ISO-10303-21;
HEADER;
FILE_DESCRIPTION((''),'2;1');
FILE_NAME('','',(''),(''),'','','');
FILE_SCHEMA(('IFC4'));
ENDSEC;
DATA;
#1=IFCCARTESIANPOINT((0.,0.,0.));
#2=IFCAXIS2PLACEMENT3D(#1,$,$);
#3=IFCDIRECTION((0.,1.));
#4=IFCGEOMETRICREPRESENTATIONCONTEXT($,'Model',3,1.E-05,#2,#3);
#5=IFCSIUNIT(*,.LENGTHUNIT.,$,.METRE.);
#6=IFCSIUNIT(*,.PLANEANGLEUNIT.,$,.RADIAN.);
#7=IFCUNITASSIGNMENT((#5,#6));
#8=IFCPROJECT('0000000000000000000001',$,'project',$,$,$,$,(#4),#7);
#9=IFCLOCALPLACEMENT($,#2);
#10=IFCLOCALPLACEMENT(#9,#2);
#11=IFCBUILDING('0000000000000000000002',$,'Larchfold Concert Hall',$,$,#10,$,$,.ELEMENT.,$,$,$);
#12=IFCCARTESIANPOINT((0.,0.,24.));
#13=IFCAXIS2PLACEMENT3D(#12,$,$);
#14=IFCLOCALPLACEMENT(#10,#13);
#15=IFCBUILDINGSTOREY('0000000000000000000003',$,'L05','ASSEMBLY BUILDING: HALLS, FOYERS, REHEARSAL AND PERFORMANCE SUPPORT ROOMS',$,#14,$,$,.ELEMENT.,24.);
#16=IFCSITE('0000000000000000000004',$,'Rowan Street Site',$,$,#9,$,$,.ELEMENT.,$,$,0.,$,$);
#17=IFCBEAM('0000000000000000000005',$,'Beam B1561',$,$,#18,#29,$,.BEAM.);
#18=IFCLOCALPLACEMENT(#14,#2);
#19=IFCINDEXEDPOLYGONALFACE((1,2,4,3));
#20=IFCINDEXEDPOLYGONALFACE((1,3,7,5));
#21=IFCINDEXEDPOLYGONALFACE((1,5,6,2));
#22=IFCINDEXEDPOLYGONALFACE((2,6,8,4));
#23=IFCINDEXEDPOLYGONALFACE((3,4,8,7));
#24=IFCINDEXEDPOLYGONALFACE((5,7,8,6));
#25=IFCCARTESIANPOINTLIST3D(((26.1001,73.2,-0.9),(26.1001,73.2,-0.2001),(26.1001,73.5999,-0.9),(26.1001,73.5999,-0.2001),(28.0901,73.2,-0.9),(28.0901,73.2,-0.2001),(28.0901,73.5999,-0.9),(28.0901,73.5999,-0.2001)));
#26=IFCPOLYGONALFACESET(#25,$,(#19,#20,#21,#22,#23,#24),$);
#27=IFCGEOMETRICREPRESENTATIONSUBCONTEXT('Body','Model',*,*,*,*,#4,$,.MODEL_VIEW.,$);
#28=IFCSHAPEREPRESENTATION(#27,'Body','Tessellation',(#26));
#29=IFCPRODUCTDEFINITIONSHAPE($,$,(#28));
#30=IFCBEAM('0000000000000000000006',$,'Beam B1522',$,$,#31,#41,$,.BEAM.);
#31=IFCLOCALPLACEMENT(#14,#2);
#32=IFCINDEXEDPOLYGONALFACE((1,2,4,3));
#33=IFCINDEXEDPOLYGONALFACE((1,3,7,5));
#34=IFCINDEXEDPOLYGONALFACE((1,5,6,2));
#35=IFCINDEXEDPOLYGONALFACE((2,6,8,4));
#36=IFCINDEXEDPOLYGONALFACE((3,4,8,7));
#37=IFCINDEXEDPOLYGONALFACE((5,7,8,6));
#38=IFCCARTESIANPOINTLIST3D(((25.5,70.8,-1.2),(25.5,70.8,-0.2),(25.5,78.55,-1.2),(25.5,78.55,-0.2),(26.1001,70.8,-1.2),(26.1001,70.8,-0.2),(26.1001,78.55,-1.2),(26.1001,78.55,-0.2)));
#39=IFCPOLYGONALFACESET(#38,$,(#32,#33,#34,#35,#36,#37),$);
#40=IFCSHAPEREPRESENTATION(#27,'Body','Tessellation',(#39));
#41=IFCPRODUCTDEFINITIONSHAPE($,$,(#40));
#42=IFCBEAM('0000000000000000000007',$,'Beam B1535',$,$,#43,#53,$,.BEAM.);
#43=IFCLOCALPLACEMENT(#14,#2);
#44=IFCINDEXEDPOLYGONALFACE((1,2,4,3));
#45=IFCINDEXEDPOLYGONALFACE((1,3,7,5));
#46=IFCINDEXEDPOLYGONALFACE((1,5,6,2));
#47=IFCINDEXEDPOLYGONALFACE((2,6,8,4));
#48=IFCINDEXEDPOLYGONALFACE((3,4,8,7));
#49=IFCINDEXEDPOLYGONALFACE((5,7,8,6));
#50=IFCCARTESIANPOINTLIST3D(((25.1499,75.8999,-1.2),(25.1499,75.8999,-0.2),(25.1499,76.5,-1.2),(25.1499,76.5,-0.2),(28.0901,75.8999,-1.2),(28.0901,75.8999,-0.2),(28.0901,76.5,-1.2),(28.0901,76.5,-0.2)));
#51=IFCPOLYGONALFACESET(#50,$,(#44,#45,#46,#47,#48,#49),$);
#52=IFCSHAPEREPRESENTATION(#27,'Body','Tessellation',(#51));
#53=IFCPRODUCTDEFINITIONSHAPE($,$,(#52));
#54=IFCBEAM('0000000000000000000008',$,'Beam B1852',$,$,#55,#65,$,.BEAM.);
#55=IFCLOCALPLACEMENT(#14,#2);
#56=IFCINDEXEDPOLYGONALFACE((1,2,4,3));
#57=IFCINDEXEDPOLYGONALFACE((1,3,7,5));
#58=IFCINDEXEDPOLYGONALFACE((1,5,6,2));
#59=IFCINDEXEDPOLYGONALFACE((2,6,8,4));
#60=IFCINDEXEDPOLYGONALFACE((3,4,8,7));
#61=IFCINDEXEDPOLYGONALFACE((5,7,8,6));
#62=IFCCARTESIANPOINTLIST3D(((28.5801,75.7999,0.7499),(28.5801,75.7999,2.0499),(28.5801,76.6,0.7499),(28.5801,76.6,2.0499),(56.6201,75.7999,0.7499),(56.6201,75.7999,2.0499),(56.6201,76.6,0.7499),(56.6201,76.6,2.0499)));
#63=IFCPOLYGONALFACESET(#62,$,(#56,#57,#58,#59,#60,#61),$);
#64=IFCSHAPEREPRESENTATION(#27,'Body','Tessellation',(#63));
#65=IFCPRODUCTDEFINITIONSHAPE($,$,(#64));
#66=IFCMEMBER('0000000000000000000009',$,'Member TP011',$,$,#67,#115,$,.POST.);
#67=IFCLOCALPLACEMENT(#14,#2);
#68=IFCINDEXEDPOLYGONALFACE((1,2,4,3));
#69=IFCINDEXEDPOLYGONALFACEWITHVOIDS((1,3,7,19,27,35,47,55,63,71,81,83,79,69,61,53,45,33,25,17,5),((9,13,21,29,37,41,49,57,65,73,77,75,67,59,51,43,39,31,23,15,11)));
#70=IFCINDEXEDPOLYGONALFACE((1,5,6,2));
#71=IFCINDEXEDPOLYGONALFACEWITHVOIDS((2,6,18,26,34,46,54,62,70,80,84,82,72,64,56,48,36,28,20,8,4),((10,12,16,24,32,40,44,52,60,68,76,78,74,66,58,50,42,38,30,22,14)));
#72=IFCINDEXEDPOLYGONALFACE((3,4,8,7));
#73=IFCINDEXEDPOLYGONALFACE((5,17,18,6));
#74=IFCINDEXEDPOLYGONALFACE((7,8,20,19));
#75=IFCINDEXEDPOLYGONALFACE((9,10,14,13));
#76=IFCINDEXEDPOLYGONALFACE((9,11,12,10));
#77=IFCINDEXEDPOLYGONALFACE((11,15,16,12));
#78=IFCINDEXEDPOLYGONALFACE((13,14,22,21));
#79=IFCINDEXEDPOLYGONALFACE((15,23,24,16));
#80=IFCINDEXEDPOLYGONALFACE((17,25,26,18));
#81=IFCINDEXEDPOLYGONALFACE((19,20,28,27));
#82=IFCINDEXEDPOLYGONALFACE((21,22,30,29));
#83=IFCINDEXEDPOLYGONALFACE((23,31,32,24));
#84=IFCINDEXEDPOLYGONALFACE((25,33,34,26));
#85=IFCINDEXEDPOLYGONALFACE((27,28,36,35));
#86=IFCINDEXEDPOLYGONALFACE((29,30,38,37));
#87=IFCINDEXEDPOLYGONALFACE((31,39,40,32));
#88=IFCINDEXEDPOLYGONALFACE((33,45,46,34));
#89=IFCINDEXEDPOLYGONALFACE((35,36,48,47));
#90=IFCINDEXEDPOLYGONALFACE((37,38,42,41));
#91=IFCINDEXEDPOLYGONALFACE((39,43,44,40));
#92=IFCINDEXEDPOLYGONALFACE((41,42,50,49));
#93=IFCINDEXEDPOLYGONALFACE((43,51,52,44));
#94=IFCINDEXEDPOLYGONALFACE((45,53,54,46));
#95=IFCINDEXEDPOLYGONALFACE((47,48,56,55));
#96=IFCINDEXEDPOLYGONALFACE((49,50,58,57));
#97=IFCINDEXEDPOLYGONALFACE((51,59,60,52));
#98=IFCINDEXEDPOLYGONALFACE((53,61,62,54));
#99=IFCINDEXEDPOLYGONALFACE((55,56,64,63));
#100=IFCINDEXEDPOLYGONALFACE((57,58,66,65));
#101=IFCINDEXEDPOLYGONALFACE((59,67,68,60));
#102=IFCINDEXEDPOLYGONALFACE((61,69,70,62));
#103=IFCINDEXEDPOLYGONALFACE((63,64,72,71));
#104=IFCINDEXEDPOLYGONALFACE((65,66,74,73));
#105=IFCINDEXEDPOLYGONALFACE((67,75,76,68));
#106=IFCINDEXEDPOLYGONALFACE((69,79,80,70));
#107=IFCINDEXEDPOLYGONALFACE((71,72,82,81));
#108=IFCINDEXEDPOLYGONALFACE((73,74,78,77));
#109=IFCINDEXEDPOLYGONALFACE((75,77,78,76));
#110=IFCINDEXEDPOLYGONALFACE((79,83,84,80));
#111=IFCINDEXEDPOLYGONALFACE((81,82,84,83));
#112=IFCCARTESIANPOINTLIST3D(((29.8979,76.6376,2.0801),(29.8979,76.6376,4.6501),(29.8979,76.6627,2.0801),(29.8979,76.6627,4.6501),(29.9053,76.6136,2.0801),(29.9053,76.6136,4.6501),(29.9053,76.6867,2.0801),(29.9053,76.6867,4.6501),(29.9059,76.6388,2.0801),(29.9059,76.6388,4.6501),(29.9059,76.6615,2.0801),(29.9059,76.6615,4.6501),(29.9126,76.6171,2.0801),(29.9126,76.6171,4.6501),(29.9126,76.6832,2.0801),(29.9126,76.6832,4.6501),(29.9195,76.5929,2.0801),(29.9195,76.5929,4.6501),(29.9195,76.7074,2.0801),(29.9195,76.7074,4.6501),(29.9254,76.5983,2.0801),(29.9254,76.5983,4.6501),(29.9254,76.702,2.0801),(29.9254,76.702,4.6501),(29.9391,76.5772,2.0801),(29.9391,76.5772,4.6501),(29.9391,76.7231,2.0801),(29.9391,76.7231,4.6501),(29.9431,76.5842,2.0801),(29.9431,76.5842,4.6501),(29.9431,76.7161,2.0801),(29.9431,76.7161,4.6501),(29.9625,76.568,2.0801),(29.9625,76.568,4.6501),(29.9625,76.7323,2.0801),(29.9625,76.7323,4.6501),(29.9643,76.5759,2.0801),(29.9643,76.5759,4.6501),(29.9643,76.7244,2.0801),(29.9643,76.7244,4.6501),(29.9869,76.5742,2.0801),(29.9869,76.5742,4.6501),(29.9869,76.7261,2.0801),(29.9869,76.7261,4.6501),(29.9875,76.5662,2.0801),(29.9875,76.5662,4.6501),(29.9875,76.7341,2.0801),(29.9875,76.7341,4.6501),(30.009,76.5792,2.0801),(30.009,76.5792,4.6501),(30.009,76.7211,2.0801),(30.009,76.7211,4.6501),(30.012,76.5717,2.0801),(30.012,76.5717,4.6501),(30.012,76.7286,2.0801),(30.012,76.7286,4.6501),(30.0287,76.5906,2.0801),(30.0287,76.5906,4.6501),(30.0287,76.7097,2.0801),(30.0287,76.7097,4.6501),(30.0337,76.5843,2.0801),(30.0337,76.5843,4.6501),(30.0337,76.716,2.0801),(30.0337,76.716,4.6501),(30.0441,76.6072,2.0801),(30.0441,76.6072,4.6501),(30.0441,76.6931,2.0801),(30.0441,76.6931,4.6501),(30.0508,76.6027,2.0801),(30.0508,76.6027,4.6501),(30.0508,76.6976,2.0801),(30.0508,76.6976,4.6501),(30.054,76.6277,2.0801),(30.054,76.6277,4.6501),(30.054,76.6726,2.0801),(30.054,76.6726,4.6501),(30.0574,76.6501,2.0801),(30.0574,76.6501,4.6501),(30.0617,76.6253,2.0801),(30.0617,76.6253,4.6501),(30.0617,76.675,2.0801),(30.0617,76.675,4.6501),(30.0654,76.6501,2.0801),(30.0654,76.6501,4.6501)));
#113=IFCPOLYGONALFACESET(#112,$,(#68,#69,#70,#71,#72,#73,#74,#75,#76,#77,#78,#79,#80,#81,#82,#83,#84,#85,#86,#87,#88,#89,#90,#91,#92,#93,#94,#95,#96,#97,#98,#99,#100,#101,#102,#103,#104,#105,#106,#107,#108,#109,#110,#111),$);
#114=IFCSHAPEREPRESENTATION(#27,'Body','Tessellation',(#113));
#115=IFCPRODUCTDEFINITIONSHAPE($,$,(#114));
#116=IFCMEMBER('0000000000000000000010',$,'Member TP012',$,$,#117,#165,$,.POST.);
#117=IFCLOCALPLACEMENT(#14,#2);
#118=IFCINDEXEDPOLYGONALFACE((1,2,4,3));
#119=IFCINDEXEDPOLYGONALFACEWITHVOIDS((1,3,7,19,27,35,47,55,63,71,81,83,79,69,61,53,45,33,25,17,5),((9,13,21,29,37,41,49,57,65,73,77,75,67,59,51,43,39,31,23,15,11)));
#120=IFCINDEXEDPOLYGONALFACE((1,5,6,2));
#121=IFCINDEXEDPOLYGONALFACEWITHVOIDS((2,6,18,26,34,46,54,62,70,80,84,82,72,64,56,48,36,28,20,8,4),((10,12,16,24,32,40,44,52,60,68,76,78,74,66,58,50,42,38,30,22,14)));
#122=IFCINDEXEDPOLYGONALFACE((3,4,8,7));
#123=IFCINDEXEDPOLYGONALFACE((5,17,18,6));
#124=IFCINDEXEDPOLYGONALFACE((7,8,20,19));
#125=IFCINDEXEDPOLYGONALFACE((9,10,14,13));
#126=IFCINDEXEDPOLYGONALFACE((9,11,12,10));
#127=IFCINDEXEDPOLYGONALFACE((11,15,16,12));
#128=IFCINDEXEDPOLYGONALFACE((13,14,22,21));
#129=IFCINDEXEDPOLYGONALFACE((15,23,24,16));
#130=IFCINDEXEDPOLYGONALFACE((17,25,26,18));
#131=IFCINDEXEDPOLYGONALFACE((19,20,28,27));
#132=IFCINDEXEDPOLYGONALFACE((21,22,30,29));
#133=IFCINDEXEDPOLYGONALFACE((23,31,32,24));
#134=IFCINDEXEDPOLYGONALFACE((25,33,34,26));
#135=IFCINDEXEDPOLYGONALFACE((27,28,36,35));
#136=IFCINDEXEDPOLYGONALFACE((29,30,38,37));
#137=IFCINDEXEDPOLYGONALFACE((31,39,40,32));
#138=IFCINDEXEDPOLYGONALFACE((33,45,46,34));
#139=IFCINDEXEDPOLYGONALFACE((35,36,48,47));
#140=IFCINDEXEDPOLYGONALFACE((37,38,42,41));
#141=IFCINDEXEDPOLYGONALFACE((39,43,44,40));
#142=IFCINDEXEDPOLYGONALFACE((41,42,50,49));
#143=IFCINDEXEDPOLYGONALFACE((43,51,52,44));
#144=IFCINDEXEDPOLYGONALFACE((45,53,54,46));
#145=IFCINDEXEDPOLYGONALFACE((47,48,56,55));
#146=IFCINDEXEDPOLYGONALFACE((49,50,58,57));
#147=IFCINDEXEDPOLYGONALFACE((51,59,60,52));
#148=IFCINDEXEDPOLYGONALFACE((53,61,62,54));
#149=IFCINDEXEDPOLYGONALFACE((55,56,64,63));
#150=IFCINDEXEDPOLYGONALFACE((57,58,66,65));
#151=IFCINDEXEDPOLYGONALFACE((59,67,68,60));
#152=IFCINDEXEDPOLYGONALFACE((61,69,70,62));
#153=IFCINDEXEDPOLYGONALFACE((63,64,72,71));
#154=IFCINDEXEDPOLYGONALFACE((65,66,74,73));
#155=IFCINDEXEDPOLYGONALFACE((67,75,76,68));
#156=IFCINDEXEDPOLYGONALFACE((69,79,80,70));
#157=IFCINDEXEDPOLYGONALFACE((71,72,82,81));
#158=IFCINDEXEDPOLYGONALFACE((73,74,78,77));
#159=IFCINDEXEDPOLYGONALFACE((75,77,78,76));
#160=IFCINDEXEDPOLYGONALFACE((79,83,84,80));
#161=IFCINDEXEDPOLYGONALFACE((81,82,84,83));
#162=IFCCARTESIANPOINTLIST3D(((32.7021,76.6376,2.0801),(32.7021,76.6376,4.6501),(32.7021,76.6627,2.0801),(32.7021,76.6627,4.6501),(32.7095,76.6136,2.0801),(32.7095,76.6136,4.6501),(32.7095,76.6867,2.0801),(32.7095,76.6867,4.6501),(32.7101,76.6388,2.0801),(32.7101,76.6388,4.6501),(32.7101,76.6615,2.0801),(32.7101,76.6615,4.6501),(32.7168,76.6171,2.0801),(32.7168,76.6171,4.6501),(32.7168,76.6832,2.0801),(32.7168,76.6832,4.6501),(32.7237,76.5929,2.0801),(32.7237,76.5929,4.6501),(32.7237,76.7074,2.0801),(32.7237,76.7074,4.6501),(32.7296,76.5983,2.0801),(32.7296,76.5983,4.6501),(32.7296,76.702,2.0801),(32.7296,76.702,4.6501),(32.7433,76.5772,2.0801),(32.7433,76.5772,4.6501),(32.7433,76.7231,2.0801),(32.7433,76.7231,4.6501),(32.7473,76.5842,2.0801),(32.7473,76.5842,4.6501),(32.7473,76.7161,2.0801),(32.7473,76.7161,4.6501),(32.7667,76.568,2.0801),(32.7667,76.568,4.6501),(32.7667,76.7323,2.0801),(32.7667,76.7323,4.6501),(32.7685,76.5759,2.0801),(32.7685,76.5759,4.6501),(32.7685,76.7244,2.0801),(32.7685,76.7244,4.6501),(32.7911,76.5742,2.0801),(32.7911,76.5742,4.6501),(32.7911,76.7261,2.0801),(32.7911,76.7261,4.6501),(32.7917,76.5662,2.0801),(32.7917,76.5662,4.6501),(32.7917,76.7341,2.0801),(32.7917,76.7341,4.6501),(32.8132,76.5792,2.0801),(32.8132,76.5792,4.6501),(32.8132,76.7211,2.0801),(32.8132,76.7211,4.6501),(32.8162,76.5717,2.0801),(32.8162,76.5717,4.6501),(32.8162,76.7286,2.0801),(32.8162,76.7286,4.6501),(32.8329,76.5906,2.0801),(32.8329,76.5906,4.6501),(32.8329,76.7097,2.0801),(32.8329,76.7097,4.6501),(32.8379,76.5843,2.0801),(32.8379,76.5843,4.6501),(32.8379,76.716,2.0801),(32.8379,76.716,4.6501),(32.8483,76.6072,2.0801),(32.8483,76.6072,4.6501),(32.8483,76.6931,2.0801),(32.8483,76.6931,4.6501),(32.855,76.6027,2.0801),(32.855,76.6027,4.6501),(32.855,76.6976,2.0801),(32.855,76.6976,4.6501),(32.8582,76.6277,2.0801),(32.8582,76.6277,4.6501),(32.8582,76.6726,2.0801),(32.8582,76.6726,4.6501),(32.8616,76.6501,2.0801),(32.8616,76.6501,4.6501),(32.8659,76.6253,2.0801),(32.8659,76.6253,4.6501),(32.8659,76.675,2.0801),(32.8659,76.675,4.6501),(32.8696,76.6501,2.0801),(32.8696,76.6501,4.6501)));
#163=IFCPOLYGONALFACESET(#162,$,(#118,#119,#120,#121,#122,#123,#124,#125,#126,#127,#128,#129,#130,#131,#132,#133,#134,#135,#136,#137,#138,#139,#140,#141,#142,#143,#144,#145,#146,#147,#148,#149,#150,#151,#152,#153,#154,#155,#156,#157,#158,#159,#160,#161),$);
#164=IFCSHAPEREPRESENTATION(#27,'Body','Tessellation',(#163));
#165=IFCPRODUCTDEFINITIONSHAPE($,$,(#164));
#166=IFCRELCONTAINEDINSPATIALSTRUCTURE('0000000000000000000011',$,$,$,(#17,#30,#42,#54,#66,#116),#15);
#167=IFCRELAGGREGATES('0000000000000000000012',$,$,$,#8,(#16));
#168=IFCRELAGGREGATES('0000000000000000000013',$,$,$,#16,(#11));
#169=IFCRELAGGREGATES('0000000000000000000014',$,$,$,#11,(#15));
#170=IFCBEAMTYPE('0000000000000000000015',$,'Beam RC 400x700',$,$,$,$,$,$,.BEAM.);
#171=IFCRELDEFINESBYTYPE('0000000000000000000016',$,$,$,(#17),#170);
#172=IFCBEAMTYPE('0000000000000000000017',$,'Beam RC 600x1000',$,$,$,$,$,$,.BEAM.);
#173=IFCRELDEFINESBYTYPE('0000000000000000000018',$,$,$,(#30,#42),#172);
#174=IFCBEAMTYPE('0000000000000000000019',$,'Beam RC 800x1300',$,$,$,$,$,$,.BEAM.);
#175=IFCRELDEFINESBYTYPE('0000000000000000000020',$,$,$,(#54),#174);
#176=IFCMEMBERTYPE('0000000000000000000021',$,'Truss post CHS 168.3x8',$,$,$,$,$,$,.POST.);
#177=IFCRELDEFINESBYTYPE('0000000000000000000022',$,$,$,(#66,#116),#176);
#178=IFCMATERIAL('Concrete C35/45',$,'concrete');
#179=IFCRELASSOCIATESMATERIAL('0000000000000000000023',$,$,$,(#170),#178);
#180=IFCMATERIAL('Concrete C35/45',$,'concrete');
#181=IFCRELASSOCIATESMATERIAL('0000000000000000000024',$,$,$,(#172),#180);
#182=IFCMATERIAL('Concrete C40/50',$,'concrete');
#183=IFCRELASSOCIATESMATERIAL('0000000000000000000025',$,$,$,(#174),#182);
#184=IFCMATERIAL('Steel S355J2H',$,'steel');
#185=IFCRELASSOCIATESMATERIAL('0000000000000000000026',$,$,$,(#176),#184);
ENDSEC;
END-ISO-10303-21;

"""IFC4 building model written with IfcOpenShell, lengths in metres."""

from ifc_helpers import new_model, si_unit, direction, frame, origin, origin_2d, place, context, subcontext, project, spatial, rectangle, hollow_circle, extrude, material, material_profile, profile_set, type_object, element, save


model = new_model("IFC4")

# Units and contexts
model_context = context("Model", 3, precision=1e-05, world=origin(), true_north=direction((0.0, 1.0)))
body_context = subcontext(model_context, "Body", "Model", "MODEL_VIEW")
ifc_project = project(units=[si_unit("LENGTHUNIT", "METRE"), si_unit("PLANEANGLEUNIT", "RADIAN")], contexts=[model_context])

# Site, building, storey
site_placement = place(None, origin())
site = spatial("IfcSite", under=ifc_project, at=site_placement, Name="Rowan Street Site", CompositionType="ELEMENT", RefElevation=0.0)
building_placement = place(site_placement, origin())
building = spatial("IfcBuilding", under=site, at=building_placement, Name="Larchfold Concert Hall", CompositionType="ELEMENT")
storey_placement = place(building_placement, frame((0.0, 0.0, 24.0)))
storey = spatial("IfcBuildingStorey", under=building, at=storey_placement, Name="L05", Description="ASSEMBLY BUILDING: HALLS, FOYERS, REHEARSAL AND PERFORMANCE SUPPORT ROOMS", CompositionType="ELEMENT", Elevation=24.0)

# Beams
ifc_material_1 = material(Name="Concrete C35/45", Category="concrete")
ifc_material_profile_1 = material_profile(ifc_material_1, rectangle(XDim=0.3999, YDim=0.7, at=origin_2d()))
ifc_profile_set_1 = profile_set([ifc_material_profile_1], Name="Concrete C35/45")
beam_type_1 = type_object("IfcBeamType", Name="Beam RC 400x700", PredefinedType="BEAM", material=ifc_profile_set_1)
beam_1_placement = place(storey_placement, frame((26.1001, 73.3999, -0.55), z_axis=(1.0, 0.0, 0.0), x_axis=(0.0, 1.0, 0.0)))
element("IfcBeam", 1, at=beam_1_placement, inside=storey, type_object=beam_type_1, Name="Beam B1561", PredefinedType="BEAM", context=body_context, shape_type="SweptSolid", body=[
    extrude(rectangle(XDim=0.3999, YDim=0.7, at=origin_2d()), origin(), (0.0, 0.0, 1.0), 1.99),
])
ifc_material_2 = material(Name="Concrete C35/45", Category="concrete")
ifc_material_profile_2 = material_profile(ifc_material_2, rectangle(XDim=0.6001, YDim=1.0, at=origin_2d()))
ifc_profile_set_2 = profile_set([ifc_material_profile_2], Name="Concrete C35/45")
beam_type_2 = type_object("IfcBeamType", Name="Beam RC 600x1000", PredefinedType="BEAM", material=ifc_profile_set_2)
beam_2_placement = place(storey_placement, frame((25.8, 70.8, -0.7), z_axis=(0.0, 1.0, 0.0), x_axis=(-1.0, 0.0, 0.0)))
element("IfcBeam", 2, at=beam_2_placement, inside=storey, type_object=beam_type_2, Name="Beam B1522", PredefinedType="BEAM", context=body_context, shape_type="SweptSolid", body=[
    extrude(rectangle(XDim=0.6001, YDim=1.0, at=origin_2d()), origin(), (0.0, 0.0, 1.0), 7.75),
])
beam_3_placement = place(storey_placement, frame((25.1499, 76.2, -0.7), z_axis=(1.0, 0.0, 0.0), x_axis=(0.0, 1.0, 0.0)))
element("IfcBeam", 3, at=beam_3_placement, inside=storey, type_object=beam_type_2, Name="Beam B1535", PredefinedType="BEAM", context=body_context, shape_type="SweptSolid", body=[
    extrude(rectangle(XDim=0.6001, YDim=1.0, at=origin_2d()), origin(), (0.0, 0.0, 1.0), 2.9402),
])
ifc_material_3 = material(Name="Concrete C40/50", Category="concrete")
ifc_material_profile_3 = material_profile(ifc_material_3, rectangle(XDim=0.8, YDim=1.3, at=origin_2d()))
ifc_profile_set_3 = profile_set([ifc_material_profile_3], Name="Concrete C40/50")
beam_type_3 = type_object("IfcBeamType", Name="Beam RC 800x1300", PredefinedType="BEAM", material=ifc_profile_set_3)
beam_4_placement = place(storey_placement, frame((28.5801, 76.2, 1.3999), z_axis=(1.0, 0.0, 0.0), x_axis=(0.0, 1.0, 0.0)))
element("IfcBeam", 4, at=beam_4_placement, inside=storey, type_object=beam_type_3, Name="Beam B1852", PredefinedType="BEAM", context=body_context, shape_type="SweptSolid", body=[
    extrude(rectangle(XDim=0.8, YDim=1.3, at=origin_2d()), origin(), (0.0, 0.0, 1.0), 28.04),
])

# Members
ifc_material_4 = material(Name="Steel S355J2H", Category="steel")
ifc_material_profile_4 = material_profile(ifc_material_4, hollow_circle(Radius=0.0842, WallThickness=0.0081, at=origin_2d()))
ifc_profile_set_4 = profile_set([ifc_material_profile_4], Name="Steel S355J2H")
member_type = type_object("IfcMemberType", Name="Truss post CHS 168.3x8", PredefinedType="POST", material=ifc_profile_set_4)
for number, where, z_axis, x_axis, name in (
    (5, (29.9812, 76.6501, 2.0801), (0.0, 0.0, 1.0), (1.0, 0.0, 0.0), "Member TP011"),
    (6, (32.7854, 76.6501, 2.0801), (0.0, 0.0, 1.0), (1.0, 0.0, 0.0), "Member TP012"),
):
    element("IfcMember", number, at=place(storey_placement, frame(where, z_axis=z_axis, x_axis=x_axis)), inside=storey, type_object=member_type, Name=name, PredefinedType="POST", context=body_context, shape_type="SweptSolid", body=[
        extrude(hollow_circle(Radius=0.0842, WallThickness=0.0081, at=origin_2d()), origin(), (0.0, 0.0, 1.0), 2.5701),
    ])

save(model, "model.ifc")
